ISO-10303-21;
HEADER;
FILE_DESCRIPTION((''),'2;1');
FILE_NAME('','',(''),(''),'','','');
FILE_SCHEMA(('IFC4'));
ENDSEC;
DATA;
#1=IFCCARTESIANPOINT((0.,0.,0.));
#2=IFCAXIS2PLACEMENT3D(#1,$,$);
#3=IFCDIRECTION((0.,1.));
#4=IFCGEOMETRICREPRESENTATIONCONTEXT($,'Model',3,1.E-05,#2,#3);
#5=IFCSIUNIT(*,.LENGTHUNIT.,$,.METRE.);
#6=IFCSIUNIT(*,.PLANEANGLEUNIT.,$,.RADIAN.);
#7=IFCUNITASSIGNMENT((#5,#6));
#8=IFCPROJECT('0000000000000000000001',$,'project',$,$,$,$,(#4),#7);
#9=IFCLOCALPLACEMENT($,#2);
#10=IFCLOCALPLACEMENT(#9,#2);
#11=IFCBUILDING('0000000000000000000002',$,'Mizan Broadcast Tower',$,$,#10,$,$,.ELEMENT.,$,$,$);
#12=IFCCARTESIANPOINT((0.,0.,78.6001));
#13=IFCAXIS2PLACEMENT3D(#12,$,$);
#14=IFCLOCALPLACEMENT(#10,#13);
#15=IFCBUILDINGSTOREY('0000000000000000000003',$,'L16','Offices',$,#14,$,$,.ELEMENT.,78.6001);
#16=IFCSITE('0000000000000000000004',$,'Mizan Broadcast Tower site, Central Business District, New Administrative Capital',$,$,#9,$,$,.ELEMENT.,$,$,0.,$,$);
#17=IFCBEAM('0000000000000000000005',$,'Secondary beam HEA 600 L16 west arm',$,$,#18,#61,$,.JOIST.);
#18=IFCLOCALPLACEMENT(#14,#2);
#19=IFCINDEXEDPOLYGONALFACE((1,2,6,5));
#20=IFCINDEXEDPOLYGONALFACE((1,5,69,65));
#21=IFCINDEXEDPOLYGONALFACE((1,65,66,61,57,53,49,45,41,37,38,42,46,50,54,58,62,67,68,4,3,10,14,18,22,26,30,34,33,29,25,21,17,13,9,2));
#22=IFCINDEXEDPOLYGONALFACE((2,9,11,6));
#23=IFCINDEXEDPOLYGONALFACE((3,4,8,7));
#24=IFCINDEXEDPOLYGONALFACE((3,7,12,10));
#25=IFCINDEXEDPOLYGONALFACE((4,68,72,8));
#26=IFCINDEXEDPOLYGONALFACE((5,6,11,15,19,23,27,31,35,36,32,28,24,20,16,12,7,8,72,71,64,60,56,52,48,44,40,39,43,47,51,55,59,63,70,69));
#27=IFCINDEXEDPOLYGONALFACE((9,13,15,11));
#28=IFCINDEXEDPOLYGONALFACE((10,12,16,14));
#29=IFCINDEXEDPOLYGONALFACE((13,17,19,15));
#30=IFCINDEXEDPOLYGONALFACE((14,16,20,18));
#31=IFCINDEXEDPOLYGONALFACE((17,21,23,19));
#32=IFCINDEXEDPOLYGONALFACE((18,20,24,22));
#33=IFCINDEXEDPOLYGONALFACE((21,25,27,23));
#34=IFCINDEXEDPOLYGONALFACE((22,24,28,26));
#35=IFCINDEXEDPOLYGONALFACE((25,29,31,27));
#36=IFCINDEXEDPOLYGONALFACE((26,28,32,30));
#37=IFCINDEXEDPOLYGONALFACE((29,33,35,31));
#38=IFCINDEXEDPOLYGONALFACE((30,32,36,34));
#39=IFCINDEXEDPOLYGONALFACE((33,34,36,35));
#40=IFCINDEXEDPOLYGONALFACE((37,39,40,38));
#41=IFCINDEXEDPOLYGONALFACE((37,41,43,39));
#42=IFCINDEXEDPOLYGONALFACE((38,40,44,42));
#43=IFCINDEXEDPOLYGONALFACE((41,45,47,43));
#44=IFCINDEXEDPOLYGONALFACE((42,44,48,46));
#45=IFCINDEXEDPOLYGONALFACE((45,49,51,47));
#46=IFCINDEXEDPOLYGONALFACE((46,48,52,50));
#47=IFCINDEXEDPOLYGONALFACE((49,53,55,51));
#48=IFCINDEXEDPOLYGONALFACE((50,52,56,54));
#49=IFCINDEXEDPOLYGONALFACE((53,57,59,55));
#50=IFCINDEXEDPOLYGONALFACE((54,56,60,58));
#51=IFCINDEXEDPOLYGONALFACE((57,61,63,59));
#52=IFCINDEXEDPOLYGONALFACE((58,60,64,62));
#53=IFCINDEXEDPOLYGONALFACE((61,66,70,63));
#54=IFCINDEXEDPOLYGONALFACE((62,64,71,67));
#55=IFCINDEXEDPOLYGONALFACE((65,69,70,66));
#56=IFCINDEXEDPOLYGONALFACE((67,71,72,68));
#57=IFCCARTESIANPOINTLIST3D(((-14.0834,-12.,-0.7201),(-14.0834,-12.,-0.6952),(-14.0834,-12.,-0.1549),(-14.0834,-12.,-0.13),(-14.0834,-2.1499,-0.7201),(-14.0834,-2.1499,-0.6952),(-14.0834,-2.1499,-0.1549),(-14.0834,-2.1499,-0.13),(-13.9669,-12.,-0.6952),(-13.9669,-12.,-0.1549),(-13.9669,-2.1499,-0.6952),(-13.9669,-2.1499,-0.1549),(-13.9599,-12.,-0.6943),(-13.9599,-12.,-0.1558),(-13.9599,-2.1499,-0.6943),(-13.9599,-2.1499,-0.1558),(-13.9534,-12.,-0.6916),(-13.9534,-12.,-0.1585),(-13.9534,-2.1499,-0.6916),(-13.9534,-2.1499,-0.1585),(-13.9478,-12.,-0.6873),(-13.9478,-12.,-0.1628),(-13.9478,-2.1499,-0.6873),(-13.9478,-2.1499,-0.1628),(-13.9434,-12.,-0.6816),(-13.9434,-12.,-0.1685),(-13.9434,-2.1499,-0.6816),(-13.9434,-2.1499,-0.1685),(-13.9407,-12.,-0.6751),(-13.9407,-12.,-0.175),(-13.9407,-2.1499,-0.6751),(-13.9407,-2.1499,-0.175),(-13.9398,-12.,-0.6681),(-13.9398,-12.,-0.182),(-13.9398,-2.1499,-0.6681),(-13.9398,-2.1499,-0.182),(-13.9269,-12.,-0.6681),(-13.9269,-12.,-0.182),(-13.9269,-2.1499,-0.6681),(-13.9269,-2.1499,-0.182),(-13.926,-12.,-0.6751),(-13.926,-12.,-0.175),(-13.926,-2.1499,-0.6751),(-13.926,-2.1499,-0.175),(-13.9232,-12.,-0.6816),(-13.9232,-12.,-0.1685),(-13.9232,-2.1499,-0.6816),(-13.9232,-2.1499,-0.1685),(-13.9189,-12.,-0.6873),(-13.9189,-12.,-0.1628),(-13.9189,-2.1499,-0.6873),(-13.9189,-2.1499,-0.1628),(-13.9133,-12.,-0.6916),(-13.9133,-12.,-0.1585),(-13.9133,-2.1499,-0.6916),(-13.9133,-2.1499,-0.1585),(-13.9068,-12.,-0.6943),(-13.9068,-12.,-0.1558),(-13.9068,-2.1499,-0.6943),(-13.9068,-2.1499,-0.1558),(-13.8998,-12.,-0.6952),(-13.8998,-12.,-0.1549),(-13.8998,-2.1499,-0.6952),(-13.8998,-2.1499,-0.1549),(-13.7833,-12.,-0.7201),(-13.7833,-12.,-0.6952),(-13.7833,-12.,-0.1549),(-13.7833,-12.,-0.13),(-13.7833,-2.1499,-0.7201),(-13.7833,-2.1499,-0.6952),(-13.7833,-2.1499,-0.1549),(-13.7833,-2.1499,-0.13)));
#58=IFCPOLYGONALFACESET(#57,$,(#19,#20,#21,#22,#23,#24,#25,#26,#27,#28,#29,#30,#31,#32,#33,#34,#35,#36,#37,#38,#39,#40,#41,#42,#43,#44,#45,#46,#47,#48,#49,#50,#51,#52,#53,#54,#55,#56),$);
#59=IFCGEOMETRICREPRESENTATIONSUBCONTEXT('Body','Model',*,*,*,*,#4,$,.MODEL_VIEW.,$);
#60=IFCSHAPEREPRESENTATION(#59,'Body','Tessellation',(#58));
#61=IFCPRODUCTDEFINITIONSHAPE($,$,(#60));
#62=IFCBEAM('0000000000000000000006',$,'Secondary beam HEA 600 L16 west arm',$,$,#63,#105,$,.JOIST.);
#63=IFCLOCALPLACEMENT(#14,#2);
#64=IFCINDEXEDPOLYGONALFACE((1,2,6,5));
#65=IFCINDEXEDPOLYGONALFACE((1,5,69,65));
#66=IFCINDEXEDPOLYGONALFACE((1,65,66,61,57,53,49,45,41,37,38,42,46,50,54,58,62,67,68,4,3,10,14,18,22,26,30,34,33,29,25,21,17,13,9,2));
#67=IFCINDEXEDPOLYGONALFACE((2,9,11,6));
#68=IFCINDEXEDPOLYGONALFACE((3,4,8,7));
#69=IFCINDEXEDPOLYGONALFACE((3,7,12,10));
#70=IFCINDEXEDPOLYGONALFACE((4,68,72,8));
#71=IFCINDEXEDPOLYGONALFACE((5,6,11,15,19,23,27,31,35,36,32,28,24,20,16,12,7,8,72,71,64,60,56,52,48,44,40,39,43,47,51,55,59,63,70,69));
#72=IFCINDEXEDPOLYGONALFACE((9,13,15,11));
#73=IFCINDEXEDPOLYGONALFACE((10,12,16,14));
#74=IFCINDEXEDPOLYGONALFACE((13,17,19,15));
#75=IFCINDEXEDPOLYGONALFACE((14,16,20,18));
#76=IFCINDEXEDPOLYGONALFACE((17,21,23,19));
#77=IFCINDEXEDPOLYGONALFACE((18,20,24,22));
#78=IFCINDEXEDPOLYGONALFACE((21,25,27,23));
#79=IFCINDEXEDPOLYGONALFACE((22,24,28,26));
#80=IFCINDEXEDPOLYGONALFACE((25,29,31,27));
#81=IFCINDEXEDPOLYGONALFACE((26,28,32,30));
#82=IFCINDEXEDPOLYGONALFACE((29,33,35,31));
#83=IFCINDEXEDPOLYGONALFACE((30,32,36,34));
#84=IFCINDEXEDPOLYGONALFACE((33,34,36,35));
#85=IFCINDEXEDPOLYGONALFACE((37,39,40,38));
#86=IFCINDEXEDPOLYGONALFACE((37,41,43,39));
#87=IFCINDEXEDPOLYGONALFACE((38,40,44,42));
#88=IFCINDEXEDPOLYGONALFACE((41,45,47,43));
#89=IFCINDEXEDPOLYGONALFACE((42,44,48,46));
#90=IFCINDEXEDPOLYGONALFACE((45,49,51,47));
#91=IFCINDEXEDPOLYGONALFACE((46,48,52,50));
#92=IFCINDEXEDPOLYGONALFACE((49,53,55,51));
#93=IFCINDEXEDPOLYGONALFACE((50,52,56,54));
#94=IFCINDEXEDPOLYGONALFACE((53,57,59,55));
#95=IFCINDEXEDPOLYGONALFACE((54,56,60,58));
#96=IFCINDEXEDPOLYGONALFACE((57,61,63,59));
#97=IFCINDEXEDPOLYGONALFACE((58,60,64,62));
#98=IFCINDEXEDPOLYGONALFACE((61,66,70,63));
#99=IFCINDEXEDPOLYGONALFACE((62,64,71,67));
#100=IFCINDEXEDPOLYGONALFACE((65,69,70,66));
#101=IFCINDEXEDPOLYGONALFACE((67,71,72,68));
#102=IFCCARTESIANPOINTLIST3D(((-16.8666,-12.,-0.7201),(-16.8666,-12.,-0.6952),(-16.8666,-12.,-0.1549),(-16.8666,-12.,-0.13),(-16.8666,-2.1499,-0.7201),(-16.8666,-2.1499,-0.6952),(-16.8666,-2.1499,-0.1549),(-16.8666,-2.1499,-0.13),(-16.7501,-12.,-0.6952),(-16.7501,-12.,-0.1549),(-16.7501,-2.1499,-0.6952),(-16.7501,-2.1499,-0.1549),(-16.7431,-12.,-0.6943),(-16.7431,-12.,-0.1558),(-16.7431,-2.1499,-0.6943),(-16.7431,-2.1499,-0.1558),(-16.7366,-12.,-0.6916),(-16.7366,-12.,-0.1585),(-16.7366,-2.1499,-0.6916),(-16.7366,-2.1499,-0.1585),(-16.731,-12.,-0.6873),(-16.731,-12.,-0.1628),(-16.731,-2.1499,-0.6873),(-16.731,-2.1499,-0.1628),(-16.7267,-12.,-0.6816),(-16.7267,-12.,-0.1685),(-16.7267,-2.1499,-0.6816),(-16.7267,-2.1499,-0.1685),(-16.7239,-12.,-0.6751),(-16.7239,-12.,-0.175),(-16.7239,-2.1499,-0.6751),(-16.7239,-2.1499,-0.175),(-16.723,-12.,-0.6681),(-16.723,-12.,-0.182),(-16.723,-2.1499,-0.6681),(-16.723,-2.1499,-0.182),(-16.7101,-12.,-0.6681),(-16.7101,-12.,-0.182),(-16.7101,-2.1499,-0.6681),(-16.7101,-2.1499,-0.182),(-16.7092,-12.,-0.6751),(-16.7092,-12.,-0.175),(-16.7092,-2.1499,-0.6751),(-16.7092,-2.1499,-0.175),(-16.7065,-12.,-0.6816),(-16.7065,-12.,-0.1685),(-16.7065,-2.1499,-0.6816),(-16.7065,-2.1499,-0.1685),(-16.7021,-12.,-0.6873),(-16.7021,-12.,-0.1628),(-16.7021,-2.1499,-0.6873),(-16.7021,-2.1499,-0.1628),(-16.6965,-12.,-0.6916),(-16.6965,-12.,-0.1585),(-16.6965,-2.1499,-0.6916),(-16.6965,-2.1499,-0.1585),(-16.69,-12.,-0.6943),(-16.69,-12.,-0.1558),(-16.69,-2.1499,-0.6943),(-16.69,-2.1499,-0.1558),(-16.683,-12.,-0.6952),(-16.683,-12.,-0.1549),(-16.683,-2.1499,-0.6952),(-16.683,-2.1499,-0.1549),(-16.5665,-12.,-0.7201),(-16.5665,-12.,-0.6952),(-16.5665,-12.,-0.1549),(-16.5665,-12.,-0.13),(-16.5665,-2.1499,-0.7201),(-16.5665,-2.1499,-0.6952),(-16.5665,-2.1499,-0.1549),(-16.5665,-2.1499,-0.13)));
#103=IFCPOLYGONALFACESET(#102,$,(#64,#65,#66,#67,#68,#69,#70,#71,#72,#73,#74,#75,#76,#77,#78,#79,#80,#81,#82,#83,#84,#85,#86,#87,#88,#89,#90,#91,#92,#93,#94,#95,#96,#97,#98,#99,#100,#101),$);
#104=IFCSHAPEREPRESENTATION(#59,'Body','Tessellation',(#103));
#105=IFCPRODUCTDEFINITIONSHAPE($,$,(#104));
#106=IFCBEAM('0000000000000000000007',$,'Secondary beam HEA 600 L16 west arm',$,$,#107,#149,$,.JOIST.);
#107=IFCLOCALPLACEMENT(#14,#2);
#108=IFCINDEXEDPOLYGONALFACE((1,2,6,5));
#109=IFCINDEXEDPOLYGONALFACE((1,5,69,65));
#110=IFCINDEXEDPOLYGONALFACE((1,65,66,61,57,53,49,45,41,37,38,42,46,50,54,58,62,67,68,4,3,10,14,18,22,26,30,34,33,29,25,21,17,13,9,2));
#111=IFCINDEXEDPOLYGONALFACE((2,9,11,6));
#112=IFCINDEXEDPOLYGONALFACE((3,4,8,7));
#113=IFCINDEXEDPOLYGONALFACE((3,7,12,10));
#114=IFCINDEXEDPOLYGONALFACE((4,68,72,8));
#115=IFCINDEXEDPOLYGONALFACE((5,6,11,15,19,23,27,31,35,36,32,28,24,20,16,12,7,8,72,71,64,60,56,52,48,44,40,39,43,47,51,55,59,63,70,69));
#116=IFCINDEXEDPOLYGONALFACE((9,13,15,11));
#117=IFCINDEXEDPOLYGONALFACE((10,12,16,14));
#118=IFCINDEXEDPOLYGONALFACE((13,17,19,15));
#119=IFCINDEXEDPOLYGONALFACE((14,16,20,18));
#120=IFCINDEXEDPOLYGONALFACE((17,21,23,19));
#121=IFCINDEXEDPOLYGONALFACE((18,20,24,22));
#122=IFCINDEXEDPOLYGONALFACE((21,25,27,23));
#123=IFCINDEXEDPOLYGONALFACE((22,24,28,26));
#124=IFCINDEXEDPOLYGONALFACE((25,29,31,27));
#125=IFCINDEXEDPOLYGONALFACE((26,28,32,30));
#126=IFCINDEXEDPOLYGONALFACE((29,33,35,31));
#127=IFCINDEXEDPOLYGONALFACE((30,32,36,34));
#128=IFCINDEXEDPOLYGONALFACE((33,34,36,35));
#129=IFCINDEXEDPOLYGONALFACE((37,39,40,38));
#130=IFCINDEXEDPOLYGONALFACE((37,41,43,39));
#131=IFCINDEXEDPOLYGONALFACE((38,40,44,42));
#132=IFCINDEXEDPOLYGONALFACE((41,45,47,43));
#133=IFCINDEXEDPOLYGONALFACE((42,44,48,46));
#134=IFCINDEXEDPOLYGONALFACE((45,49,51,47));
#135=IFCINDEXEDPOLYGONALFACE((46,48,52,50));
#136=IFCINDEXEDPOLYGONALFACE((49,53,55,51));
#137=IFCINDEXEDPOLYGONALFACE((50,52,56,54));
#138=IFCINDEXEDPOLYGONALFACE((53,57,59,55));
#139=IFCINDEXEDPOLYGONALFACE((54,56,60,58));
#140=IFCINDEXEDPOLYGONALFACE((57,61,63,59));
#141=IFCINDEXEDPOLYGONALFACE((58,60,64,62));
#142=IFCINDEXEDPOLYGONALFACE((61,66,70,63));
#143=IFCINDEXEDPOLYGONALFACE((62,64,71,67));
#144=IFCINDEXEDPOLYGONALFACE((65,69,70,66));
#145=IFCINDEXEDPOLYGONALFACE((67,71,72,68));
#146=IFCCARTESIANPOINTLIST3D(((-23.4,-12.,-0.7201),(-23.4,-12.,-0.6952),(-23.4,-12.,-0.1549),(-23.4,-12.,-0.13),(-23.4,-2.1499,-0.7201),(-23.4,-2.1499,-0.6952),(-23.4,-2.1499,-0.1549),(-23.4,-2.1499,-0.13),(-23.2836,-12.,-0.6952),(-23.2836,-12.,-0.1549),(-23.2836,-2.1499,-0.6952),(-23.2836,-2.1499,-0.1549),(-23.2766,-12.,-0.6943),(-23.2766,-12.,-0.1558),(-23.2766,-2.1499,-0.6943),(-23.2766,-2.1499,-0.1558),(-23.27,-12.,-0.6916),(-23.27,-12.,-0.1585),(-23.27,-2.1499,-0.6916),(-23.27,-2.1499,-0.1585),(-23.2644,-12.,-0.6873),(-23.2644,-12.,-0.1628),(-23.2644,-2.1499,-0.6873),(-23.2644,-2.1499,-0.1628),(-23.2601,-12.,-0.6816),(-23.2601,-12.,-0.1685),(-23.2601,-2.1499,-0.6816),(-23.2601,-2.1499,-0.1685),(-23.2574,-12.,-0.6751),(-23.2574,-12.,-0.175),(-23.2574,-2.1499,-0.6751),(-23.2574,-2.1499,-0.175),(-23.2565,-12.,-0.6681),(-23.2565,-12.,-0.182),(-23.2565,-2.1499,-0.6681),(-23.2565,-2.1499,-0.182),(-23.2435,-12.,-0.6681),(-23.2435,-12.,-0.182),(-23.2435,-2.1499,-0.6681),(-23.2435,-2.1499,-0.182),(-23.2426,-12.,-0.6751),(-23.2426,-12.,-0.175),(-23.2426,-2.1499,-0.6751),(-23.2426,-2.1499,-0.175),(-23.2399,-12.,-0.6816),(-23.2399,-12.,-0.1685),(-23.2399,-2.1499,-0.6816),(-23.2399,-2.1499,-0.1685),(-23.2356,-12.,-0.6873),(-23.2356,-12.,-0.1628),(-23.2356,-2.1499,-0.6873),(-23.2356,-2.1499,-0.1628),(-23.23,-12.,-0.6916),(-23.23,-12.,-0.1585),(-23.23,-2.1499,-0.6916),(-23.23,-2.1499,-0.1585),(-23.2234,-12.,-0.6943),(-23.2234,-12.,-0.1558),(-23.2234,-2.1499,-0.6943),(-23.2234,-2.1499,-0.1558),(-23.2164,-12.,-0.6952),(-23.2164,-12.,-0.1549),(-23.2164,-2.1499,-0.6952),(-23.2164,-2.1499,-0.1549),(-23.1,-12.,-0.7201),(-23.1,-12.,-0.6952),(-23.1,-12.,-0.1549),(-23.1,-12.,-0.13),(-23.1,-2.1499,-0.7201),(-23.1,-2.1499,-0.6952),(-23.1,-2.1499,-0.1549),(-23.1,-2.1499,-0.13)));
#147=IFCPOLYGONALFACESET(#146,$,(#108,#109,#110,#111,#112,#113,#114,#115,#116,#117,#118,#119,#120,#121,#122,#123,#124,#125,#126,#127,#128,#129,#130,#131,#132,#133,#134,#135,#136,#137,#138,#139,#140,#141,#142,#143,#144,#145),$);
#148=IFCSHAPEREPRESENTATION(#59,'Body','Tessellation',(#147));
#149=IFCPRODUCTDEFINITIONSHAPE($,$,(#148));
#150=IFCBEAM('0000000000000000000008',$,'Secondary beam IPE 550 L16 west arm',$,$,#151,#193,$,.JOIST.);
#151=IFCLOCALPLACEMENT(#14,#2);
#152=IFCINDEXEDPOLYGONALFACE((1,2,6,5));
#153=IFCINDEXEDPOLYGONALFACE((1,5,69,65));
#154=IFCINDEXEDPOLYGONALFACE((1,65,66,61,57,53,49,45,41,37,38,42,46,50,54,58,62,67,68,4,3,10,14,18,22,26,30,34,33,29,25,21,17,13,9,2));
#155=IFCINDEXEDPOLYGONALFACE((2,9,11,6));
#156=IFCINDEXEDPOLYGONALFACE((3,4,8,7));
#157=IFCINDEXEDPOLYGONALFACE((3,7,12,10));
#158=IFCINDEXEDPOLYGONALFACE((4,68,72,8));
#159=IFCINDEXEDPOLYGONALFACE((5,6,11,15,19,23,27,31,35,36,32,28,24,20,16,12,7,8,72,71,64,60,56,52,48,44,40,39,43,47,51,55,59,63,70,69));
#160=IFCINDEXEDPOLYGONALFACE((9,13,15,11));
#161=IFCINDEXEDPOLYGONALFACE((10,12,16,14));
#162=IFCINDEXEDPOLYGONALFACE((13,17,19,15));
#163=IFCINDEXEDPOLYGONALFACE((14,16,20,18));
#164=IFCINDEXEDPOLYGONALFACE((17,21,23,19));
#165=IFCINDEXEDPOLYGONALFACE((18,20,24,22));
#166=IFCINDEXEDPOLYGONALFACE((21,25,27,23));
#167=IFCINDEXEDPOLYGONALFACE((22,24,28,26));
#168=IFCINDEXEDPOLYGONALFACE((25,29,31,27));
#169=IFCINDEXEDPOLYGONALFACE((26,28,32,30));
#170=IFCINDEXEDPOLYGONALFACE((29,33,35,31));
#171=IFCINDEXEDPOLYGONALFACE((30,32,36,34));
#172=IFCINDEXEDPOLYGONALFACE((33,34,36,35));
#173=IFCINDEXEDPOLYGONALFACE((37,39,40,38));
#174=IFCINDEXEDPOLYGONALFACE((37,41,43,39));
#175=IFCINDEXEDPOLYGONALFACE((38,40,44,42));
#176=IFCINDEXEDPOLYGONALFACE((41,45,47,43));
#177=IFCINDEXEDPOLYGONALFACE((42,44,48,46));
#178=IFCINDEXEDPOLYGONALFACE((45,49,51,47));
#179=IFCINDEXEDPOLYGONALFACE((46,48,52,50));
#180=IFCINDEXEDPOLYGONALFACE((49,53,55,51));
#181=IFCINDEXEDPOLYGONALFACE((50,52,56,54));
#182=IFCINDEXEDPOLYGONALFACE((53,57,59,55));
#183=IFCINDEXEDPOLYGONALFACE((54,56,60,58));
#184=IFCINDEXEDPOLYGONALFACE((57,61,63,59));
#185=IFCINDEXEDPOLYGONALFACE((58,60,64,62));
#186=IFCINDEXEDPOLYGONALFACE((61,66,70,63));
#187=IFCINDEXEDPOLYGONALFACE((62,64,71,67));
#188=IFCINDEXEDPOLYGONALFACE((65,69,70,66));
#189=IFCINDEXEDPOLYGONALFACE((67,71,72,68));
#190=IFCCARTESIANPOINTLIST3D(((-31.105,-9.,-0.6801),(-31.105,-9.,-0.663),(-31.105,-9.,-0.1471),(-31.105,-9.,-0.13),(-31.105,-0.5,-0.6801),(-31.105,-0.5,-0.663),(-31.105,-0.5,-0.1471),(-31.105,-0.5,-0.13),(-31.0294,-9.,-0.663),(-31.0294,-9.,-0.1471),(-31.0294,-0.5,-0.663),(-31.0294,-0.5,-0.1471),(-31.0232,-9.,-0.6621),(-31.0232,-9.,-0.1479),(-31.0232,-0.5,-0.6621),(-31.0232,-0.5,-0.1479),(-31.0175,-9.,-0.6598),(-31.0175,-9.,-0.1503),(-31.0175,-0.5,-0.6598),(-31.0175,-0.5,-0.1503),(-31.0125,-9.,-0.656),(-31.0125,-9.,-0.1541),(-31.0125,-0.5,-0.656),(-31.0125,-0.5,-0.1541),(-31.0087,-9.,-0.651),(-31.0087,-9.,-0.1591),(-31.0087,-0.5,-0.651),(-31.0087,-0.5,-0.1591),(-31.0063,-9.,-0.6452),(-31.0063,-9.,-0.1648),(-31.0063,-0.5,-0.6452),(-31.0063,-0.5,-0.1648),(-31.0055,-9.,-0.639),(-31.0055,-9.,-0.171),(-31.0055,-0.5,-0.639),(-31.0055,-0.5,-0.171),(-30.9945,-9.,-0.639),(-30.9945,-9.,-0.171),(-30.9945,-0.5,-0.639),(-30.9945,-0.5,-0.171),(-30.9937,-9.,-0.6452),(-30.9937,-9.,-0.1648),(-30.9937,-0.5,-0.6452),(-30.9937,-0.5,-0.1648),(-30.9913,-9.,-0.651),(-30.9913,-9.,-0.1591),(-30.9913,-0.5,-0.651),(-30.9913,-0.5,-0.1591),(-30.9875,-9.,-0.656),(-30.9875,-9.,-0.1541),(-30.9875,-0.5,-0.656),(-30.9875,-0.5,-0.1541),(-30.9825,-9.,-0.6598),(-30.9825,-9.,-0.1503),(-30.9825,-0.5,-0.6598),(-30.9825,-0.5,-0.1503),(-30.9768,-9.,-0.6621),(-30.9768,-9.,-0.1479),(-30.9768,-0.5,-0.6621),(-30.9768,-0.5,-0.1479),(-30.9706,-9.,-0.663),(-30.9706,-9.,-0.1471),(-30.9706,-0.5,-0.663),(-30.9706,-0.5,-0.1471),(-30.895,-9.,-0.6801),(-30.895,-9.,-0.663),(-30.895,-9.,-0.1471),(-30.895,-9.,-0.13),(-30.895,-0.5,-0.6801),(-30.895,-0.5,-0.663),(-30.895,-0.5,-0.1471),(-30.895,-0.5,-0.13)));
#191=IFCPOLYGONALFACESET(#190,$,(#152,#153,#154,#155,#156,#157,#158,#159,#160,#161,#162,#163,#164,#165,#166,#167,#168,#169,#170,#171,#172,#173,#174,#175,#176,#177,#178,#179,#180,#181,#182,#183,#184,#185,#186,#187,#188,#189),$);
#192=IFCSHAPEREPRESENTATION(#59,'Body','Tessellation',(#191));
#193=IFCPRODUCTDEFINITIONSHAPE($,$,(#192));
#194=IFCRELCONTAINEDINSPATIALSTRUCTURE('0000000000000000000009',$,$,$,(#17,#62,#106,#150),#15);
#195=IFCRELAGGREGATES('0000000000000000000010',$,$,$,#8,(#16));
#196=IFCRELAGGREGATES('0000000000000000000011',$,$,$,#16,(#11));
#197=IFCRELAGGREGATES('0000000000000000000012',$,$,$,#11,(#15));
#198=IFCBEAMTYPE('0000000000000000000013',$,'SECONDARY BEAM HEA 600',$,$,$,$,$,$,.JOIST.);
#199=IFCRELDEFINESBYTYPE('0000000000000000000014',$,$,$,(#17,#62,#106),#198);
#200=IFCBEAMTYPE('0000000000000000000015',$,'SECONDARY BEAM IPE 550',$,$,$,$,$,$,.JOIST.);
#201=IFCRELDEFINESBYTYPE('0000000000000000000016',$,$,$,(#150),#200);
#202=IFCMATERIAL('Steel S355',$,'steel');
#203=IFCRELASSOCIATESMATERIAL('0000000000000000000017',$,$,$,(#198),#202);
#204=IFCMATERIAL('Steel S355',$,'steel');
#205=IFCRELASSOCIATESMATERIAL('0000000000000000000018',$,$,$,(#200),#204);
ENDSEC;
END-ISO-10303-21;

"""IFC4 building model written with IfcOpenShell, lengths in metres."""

from ifc_helpers import new_model, si_unit, direction, frame, origin, origin_2d, place, context, subcontext, project, spatial, i_section, extrude, material, material_profile, profile_set, type_object, element, save


model = new_model("IFC4")

# Units and contexts
model_context = context("Model", 3, precision=1e-05, world=origin(), true_north=direction((0.0, 1.0)))
body_context = subcontext(model_context, "Body", "Model", "MODEL_VIEW")
ifc_project = project(units=[si_unit("LENGTHUNIT", "METRE"), si_unit("PLANEANGLEUNIT", "RADIAN")], contexts=[model_context])

# Site, building, storey
site_placement = place(None, origin())
site = spatial("IfcSite", under=ifc_project, at=site_placement, Name="Mizan Broadcast Tower site, Central Business District, New Administrative Capital", CompositionType="ELEMENT", RefElevation=0.0)
building_placement = place(site_placement, origin())
building = spatial("IfcBuilding", under=site, at=building_placement, Name="Mizan Broadcast Tower", CompositionType="ELEMENT")
storey_placement = place(building_placement, frame((0.0, 0.0, 78.6001)))
storey = spatial("IfcBuildingStorey", under=building, at=storey_placement, Name="L16", Description="Offices", CompositionType="ELEMENT", Elevation=78.6001)

# Beams
ifc_material_1 = material(Name="Steel S355", Category="steel")
ifc_material_profile_1 = material_profile(ifc_material_1, i_section(OverallWidth=0.3, OverallDepth=0.5901, WebThickness=0.0129, FlangeThickness=0.0249, FilletRadius=0.0271, at=origin_2d()), Name="HEA 600")
ifc_profile_set_1 = profile_set([ifc_material_profile_1], Name="Steel S355")
beam_type_1 = type_object("IfcBeamType", Name="SECONDARY BEAM HEA 600", PredefinedType="JOIST", material=ifc_profile_set_1)
for number, where, z_axis, x_axis, name in (
    (1, (-13.9333, -12.0, -0.425), (0.0, 1.0, 0.0), (-1.0, 0.0, 0.0), "Secondary beam HEA 600 L16 west arm"),
    (2, (-16.7166, -12.0, -0.425), (0.0, 1.0, 0.0), (-1.0, 0.0, 0.0), "Secondary beam HEA 600 L16 west arm"),
    (3, (-23.25, -12.0, -0.425), (0.0, 1.0, 0.0), (-1.0, 0.0, 0.0), "Secondary beam HEA 600 L16 west arm"),
):
    element("IfcBeam", number, at=place(storey_placement, frame(where, z_axis=z_axis, x_axis=x_axis)), inside=storey, type_object=beam_type_1, Name=name, PredefinedType="JOIST", context=body_context, shape_type="SweptSolid", body=[
        extrude(i_section(OverallWidth=0.3, OverallDepth=0.5901, WebThickness=0.0129, FlangeThickness=0.0249, FilletRadius=0.0271, at=origin_2d()), origin(), (0.0, 0.0, 1.0), 9.8501),
    ])
ifc_material_2 = material(Name="Steel S355", Category="steel")
ifc_material_profile_2 = material_profile(ifc_material_2, i_section(OverallWidth=0.21, OverallDepth=0.55, WebThickness=0.011, FlangeThickness=0.0171, FilletRadius=0.0239, at=origin_2d()), Name="IPE 550")
ifc_profile_set_2 = profile_set([ifc_material_profile_2], Name="Steel S355")
beam_type_2 = type_object("IfcBeamType", Name="SECONDARY BEAM IPE 550", PredefinedType="JOIST", material=ifc_profile_set_2)
beam_1_placement = place(storey_placement, frame((-31.0, -9.0, -0.405), z_axis=(0.0, 1.0, 0.0), x_axis=(-1.0, 0.0, 0.0)))
element("IfcBeam", 4, at=beam_1_placement, inside=storey, type_object=beam_type_2, Name="Secondary beam IPE 550 L16 west arm", PredefinedType="JOIST", context=body_context, shape_type="SweptSolid", body=[
    extrude(i_section(OverallWidth=0.21, OverallDepth=0.55, WebThickness=0.011, FlangeThickness=0.0171, FilletRadius=0.0239, at=origin_2d()), origin(), (0.0, 0.0, 1.0), 8.5),
])

save(model, "model.ifc")
